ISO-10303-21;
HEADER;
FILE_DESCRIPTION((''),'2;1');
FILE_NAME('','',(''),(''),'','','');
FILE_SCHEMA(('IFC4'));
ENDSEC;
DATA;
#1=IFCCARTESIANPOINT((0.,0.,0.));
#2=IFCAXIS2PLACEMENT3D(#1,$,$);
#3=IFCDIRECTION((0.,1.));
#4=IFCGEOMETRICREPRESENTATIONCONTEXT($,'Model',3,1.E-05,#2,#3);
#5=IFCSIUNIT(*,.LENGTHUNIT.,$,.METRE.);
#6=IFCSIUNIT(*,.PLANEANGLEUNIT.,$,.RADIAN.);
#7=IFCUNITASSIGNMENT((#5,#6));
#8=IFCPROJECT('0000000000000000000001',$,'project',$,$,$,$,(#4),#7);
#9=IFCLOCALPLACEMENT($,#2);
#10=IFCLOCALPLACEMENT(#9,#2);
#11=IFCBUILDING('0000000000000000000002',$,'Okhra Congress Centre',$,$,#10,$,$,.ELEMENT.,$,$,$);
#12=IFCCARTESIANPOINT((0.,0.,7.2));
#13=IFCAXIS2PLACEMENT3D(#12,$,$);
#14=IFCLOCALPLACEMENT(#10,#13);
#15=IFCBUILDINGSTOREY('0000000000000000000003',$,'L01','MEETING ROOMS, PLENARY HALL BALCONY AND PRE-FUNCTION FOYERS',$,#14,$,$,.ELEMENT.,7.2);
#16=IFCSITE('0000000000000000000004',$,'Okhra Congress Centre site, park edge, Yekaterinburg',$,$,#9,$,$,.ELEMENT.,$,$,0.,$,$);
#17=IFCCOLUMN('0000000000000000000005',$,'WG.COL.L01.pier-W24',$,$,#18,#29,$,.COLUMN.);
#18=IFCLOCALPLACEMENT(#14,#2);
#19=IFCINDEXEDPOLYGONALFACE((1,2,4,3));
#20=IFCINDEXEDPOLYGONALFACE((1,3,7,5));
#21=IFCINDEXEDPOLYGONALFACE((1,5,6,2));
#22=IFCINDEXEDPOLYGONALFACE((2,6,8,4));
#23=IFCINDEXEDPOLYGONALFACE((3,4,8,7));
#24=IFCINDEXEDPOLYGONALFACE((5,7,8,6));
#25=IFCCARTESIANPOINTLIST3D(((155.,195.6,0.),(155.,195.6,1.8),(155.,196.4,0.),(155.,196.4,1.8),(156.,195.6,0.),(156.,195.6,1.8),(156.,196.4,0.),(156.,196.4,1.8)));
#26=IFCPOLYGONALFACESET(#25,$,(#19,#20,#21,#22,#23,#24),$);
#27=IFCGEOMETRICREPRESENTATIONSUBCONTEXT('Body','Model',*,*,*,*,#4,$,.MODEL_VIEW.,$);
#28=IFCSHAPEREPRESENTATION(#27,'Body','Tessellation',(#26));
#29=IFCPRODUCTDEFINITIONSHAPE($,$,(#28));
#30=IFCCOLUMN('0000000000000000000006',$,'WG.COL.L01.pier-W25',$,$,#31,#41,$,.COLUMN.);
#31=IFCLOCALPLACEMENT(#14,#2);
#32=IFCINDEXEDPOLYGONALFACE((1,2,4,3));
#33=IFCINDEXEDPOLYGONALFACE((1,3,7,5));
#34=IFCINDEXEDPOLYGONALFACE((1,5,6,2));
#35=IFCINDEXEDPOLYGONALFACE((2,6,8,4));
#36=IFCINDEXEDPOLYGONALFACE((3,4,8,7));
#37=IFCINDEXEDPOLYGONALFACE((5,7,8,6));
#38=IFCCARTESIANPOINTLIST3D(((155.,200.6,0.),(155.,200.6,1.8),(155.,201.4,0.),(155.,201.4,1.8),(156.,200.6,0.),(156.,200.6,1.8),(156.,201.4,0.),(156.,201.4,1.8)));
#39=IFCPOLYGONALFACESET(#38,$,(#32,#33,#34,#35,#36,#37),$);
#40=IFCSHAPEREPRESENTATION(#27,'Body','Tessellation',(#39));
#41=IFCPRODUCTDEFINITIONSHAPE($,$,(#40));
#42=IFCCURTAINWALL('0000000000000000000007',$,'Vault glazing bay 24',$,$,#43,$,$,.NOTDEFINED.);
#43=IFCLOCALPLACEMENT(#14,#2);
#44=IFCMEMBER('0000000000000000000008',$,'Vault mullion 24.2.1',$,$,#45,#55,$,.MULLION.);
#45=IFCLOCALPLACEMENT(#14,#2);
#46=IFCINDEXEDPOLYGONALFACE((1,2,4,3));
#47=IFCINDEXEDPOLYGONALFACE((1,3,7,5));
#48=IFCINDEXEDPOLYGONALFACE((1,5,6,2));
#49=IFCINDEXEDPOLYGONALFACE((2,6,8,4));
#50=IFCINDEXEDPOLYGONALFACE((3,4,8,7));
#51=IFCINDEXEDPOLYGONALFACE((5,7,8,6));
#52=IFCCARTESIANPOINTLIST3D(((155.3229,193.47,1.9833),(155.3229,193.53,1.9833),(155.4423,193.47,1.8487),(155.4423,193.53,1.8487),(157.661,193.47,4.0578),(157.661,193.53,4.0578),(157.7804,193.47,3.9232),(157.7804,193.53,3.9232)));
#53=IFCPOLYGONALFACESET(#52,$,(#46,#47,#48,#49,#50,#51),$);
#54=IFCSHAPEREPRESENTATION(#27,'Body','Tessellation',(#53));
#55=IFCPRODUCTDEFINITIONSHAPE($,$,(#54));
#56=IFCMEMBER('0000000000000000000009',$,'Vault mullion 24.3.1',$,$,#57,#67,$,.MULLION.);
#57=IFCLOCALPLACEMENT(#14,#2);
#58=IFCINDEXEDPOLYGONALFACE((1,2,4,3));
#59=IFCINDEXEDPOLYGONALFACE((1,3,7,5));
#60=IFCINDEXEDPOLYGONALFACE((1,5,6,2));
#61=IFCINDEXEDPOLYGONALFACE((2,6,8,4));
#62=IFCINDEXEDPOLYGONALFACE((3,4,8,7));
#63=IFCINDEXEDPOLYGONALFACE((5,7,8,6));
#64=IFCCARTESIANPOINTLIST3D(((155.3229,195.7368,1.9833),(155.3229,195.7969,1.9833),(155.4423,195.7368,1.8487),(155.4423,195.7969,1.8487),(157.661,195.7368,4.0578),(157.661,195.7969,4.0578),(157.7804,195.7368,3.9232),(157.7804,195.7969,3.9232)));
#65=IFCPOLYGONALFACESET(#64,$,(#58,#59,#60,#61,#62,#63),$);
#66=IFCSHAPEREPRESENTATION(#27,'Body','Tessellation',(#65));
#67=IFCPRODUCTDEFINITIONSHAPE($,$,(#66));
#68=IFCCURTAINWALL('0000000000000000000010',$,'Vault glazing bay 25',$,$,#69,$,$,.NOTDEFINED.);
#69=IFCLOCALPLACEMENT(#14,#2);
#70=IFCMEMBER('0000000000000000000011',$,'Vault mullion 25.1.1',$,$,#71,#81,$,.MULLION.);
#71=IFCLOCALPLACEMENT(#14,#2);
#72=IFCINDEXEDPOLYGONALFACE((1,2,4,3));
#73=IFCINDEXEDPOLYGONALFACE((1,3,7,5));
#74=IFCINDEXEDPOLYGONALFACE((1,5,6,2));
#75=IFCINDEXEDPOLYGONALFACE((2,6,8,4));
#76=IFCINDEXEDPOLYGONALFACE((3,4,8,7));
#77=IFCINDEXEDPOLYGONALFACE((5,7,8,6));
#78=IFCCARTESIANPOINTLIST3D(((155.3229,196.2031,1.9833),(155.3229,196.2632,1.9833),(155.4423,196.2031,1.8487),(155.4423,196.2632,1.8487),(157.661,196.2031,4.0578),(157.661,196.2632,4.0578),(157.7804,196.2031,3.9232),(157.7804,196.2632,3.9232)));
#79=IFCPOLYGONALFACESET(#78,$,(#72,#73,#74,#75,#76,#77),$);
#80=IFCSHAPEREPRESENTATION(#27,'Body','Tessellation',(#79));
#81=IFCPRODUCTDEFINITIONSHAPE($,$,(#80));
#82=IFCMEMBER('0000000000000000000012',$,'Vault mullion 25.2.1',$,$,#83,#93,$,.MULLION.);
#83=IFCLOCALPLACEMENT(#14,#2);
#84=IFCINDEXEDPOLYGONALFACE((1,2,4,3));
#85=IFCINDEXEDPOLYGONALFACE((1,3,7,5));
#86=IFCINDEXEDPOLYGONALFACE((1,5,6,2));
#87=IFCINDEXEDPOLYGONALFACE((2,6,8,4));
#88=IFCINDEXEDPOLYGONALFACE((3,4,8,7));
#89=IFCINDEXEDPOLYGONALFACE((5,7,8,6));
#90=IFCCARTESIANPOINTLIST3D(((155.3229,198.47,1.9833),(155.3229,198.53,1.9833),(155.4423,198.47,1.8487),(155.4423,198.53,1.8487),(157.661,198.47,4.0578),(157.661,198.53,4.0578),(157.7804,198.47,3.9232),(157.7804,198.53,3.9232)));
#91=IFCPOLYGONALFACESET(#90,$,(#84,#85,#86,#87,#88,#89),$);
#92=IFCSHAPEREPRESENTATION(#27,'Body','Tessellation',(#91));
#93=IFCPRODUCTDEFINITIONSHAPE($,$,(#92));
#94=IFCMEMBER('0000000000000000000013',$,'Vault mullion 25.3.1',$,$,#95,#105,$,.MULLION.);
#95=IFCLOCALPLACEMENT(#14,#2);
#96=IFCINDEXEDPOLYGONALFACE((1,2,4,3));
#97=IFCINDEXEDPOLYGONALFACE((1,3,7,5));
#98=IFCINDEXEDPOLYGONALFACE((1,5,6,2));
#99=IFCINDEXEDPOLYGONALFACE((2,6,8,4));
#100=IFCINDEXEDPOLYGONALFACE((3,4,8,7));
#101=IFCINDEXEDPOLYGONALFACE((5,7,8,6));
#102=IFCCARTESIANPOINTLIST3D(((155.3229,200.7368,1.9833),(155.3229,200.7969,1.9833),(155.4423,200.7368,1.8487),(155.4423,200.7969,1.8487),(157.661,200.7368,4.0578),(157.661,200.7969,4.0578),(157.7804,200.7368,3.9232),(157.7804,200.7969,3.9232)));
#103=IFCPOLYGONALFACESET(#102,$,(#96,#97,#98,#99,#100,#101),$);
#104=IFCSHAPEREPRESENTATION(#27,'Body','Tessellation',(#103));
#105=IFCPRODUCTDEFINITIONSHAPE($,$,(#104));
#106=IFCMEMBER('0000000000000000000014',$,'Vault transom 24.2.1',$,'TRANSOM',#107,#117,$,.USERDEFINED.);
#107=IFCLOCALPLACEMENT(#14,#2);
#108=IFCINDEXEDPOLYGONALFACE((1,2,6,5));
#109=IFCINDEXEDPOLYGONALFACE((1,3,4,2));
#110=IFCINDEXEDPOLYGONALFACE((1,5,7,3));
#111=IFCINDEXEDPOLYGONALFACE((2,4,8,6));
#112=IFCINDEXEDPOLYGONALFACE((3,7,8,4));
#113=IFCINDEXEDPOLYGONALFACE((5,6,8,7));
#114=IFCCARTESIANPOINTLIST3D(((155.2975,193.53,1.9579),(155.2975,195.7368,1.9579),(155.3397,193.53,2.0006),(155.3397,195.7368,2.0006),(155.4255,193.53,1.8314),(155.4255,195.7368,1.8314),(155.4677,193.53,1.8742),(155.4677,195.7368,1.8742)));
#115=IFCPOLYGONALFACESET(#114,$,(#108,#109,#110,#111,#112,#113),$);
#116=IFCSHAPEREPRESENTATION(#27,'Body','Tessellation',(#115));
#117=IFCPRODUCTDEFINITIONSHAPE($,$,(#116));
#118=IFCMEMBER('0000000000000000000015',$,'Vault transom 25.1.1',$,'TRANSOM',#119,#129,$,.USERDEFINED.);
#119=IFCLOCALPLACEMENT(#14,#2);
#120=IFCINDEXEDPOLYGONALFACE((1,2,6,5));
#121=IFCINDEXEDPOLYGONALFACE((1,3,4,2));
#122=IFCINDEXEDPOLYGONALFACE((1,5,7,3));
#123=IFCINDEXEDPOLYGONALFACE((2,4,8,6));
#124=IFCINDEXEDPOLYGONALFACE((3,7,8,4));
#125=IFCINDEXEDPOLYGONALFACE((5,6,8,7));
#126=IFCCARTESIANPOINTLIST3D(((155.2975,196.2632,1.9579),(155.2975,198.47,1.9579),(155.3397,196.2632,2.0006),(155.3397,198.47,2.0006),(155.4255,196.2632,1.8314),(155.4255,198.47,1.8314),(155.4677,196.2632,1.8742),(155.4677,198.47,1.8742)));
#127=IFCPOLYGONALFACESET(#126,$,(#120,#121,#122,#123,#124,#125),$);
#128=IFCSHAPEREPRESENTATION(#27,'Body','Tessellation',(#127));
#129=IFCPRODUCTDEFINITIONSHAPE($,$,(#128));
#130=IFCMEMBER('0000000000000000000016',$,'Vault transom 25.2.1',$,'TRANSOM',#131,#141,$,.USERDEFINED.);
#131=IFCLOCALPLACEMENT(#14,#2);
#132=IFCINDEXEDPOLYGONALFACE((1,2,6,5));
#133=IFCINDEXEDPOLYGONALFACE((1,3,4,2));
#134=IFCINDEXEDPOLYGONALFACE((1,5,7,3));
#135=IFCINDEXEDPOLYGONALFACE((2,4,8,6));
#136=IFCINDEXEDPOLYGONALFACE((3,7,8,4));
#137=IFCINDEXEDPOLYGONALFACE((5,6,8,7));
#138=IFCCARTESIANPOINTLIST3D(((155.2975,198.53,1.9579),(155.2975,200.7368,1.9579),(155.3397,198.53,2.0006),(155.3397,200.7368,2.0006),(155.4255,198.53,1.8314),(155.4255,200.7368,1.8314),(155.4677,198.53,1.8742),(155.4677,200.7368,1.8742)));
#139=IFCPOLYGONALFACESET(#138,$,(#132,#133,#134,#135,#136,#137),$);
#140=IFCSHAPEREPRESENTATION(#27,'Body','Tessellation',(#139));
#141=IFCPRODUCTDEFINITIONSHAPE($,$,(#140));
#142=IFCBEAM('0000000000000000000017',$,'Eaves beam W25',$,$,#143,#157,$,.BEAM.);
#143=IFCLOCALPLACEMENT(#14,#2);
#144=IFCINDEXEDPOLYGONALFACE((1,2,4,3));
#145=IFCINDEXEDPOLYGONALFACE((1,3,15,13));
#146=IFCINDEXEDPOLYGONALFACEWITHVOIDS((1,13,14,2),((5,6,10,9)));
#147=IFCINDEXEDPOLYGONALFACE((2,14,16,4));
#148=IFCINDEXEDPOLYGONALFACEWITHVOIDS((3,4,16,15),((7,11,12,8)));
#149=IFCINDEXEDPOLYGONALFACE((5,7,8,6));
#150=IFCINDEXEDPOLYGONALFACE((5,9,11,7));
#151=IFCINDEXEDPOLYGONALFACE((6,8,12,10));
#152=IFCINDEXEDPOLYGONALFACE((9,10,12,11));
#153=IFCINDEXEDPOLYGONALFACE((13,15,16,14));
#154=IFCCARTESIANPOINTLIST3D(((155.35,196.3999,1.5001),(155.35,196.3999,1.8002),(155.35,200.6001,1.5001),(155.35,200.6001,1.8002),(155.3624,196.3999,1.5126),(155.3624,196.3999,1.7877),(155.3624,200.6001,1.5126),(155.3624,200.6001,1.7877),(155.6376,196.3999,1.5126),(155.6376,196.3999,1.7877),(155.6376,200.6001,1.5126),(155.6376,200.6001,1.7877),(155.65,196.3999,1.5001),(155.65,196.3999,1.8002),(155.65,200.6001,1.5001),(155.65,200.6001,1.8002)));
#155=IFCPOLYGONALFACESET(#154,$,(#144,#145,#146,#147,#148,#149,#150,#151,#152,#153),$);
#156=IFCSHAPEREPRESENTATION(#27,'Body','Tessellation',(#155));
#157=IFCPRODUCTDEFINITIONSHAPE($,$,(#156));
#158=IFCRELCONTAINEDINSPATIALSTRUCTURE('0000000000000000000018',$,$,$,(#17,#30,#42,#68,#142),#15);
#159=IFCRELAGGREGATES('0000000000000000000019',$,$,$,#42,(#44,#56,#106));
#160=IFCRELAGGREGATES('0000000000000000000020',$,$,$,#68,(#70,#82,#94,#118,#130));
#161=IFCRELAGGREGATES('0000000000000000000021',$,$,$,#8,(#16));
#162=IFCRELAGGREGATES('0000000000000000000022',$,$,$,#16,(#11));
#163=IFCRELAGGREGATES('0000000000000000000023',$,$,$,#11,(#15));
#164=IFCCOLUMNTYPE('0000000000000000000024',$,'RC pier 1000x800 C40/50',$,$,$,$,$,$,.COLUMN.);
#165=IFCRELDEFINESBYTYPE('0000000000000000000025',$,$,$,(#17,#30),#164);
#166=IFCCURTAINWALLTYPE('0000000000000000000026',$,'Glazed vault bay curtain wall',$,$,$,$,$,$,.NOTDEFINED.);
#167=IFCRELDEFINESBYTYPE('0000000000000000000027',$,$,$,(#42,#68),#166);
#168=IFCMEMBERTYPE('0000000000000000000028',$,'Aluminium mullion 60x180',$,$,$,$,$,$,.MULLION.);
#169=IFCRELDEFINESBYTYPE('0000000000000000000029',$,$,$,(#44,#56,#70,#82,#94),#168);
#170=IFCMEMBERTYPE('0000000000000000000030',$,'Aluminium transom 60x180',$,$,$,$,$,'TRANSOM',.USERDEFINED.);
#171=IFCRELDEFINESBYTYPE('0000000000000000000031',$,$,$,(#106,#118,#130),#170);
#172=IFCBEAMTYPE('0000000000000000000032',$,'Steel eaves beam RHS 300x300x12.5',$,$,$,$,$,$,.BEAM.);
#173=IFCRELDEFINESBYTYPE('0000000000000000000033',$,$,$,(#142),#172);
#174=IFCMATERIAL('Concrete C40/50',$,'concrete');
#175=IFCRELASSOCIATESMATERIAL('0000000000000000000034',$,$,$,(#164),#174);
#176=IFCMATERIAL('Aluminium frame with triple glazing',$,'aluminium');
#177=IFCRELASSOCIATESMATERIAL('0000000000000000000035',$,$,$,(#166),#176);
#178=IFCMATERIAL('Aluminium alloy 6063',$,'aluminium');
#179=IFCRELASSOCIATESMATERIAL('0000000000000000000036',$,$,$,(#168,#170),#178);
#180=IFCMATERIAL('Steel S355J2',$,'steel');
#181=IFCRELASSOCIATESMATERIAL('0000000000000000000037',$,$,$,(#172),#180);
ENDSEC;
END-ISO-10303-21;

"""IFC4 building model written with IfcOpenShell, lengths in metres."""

from ifc_helpers import new_model, si_unit, direction, frame, origin, origin_2d, place, context, subcontext, project, spatial, rectangle, hollow_rectangle, extrude, material, material_profile, profile_set, type_object, element, aggregate, save


model = new_model("IFC4")

# Units and contexts
model_context = context("Model", 3, precision=1e-05, world=origin(), true_north=direction((0.0, 1.0)))
body_context = subcontext(model_context, "Body", "Model", "MODEL_VIEW")
ifc_project = project(units=[si_unit("LENGTHUNIT", "METRE"), si_unit("PLANEANGLEUNIT", "RADIAN")], contexts=[model_context])

# Site, building, storey
site_placement = place(None, origin())
site = spatial("IfcSite", under=ifc_project, at=site_placement, Name="Okhra Congress Centre site, park edge, Yekaterinburg", CompositionType="ELEMENT", RefElevation=0.0)
building_placement = place(site_placement, origin())
building = spatial("IfcBuilding", under=site, at=building_placement, Name="Okhra Congress Centre", CompositionType="ELEMENT")
storey_placement = place(building_placement, frame((0.0, 0.0, 7.2)))
storey = spatial("IfcBuildingStorey", under=building, at=storey_placement, Name="L01", Description="MEETING ROOMS, PLENARY HALL BALCONY AND PRE-FUNCTION FOYERS", CompositionType="ELEMENT", Elevation=7.2)

# Columns
ifc_material_1 = material(Name="Concrete C40/50", Category="concrete")
ifc_material_profile_1 = material_profile(ifc_material_1, rectangle(XDim=1.0, YDim=0.8, at=origin_2d()), Name="RC 1000x800")
ifc_profile_set_1 = profile_set([ifc_material_profile_1], Name="Concrete C40/50")
column_type = type_object("IfcColumnType", Name="RC pier 1000x800 C40/50", PredefinedType="COLUMN", material=ifc_profile_set_1)
for number, where, z_axis, x_axis, name in (
    (1, (155.5, 196.0, 0.0), (0.0, 0.0, 1.0), (1.0, 0.0, 0.0), "WG.COL.L01.pier-W24"),
    (2, (155.5, 201.0, 0.0), (0.0, 0.0, 1.0), (1.0, 0.0, 0.0), "WG.COL.L01.pier-W25"),
):
    element("IfcColumn", number, at=place(storey_placement, frame(where, z_axis=z_axis, x_axis=x_axis)), inside=storey, type_object=column_type, Name=name, PredefinedType="COLUMN", context=body_context, shape_type="SweptSolid", body=[
        extrude(rectangle(XDim=1.0, YDim=0.8, at=origin_2d()), origin(), (0.0, 0.0, 1.0), 1.8),
    ])

# Curtain walls, members
ifc_material_2 = material(Name="Aluminium frame with triple glazing", Category="aluminium")
curtain_wall_type = type_object("IfcCurtainWallType", Name="Glazed vault bay curtain wall", PredefinedType="NOTDEFINED", material=ifc_material_2)
curtain_wall_1_placement = place(storey_placement, origin())
curtain_wall_1 = element("IfcCurtainWall", 3, at=curtain_wall_1_placement, inside=storey, type_object=curtain_wall_type, Name="Vault glazing bay 24", PredefinedType="NOTDEFINED")
ifc_material_3 = material(Name="Aluminium alloy 6063", Category="aluminium")
ifc_material_profile_2 = material_profile(ifc_material_3, rectangle(XDim=0.0601, YDim=0.1799, at=origin_2d()), Name="AL 60x180")
ifc_profile_set_2 = profile_set([ifc_material_profile_2], Name="Aluminium alloy 6063")
member_type_1 = type_object("IfcMemberType", Name="Aluminium mullion 60x180", PredefinedType="MULLION", material=ifc_profile_set_2)
member_1_placement = place(storey_placement, frame((155.3826, 193.5, 1.916), z_axis=(0.748025, 0.0, 0.66367), x_axis=(0.0, 1.0, 0.0)))
member_1 = element("IfcMember", 4, at=member_1_placement, type_object=member_type_1, Name="Vault mullion 24.2.1", PredefinedType="MULLION", context=body_context, shape_type="SweptSolid", body=[
    extrude(rectangle(XDim=0.0601, YDim=0.1799, at=origin_2d()), origin(), (0.0, 0.0, 1.0), 3.1257),
])
member_2_placement = place(storey_placement, frame((155.3826, 195.7668, 1.916), z_axis=(0.748025, 0.0, 0.66367), x_axis=(0.0, 1.0, 0.0)))
member_2 = element("IfcMember", 5, at=member_2_placement, type_object=member_type_1, Name="Vault mullion 24.3.1", PredefinedType="MULLION", context=body_context, shape_type="SweptSolid", body=[
    extrude(rectangle(XDim=0.0601, YDim=0.1799, at=origin_2d()), origin(), (0.0, 0.0, 1.0), 3.1257),
])
curtain_wall_2_placement = place(storey_placement, origin())
curtain_wall_2 = element("IfcCurtainWall", 6, at=curtain_wall_2_placement, inside=storey, type_object=curtain_wall_type, Name="Vault glazing bay 25", PredefinedType="NOTDEFINED")
member_3_placement = place(storey_placement, frame((155.3826, 196.2332, 1.916), z_axis=(0.748025, 0.0, 0.66367), x_axis=(0.0, 1.0, 0.0)))
member_3 = element("IfcMember", 7, at=member_3_placement, type_object=member_type_1, Name="Vault mullion 25.1.1", PredefinedType="MULLION", context=body_context, shape_type="SweptSolid", body=[
    extrude(rectangle(XDim=0.0601, YDim=0.1799, at=origin_2d()), origin(), (0.0, 0.0, 1.0), 3.1257),
])
member_4_placement = place(storey_placement, frame((155.3826, 198.5, 1.916), z_axis=(0.748025, 0.0, 0.66367), x_axis=(0.0, 1.0, 0.0)))
member_4 = element("IfcMember", 8, at=member_4_placement, type_object=member_type_1, Name="Vault mullion 25.2.1", PredefinedType="MULLION", context=body_context, shape_type="SweptSolid", body=[
    extrude(rectangle(XDim=0.0601, YDim=0.1799, at=origin_2d()), origin(), (0.0, 0.0, 1.0), 3.1257),
])
member_5_placement = place(storey_placement, frame((155.3826, 200.7668, 1.916), z_axis=(0.748025, 0.0, 0.66367), x_axis=(0.0, 1.0, 0.0)))
member_5 = element("IfcMember", 9, at=member_5_placement, type_object=member_type_1, Name="Vault mullion 25.3.1", PredefinedType="MULLION", context=body_context, shape_type="SweptSolid", body=[
    extrude(rectangle(XDim=0.0601, YDim=0.1799, at=origin_2d()), origin(), (0.0, 0.0, 1.0), 3.1257),
])

# Members
ifc_material_profile_3 = material_profile(ifc_material_3, rectangle(XDim=0.0601, YDim=0.1799, at=origin_2d()), Name="AL 60x180 transom")
ifc_profile_set_3 = profile_set([ifc_material_profile_3], Name="Aluminium alloy 6063")
member_type_2 = type_object("IfcMemberType", Name="Aluminium transom 60x180", ElementType="TRANSOM", PredefinedType="USERDEFINED", material=ifc_profile_set_3)
member_6_placement = place(storey_placement, frame((155.3826, 193.53, 1.916), z_axis=(0.0, 1.0, 0.0), x_axis=(-0.702636, 0.0, -0.711549)))
member_6 = element("IfcMember", 10, at=member_6_placement, type_object=member_type_2, Name="Vault transom 24.2.1", ObjectType="TRANSOM", PredefinedType="USERDEFINED", context=body_context, shape_type="SweptSolid", body=[
    extrude(rectangle(XDim=0.0601, YDim=0.1799, at=origin_2d()), origin(), (0.0, 0.0, 1.0), 2.2068),
])
member_7_placement = place(storey_placement, frame((155.3826, 196.2632, 1.916), z_axis=(0.0, 1.0, 0.0), x_axis=(-0.702636, 0.0, -0.711549)))
member_7 = element("IfcMember", 11, at=member_7_placement, type_object=member_type_2, Name="Vault transom 25.1.1", ObjectType="TRANSOM", PredefinedType="USERDEFINED", context=body_context, shape_type="SweptSolid", body=[
    extrude(rectangle(XDim=0.0601, YDim=0.1799, at=origin_2d()), origin(), (0.0, 0.0, 1.0), 2.2068),
])
member_8_placement = place(storey_placement, frame((155.3826, 198.53, 1.916), z_axis=(0.0, 1.0, 0.0), x_axis=(-0.702636, 0.0, -0.711549)))
member_8 = element("IfcMember", 12, at=member_8_placement, type_object=member_type_2, Name="Vault transom 25.2.1", ObjectType="TRANSOM", PredefinedType="USERDEFINED", context=body_context, shape_type="SweptSolid", body=[
    extrude(rectangle(XDim=0.0601, YDim=0.1799, at=origin_2d()), origin(), (0.0, 0.0, 1.0), 2.2068),
])

# Beam
ifc_material_4 = material(Name="Steel S355J2", Category="steel")
ifc_material_profile_4 = material_profile(ifc_material_4, hollow_rectangle(XDim=0.3, YDim=0.3, WallThickness=0.0125, at=origin_2d()), Name="RHS 300x300x12.5")
ifc_profile_set_4 = profile_set([ifc_material_profile_4], Name="Steel S355J2")
beam_type = type_object("IfcBeamType", Name="Steel eaves beam RHS 300x300x12.5", PredefinedType="BEAM", material=ifc_profile_set_4)
beam_placement = place(storey_placement, frame((155.5, 196.3999, 1.6501), z_axis=(0.0, 1.0, 0.0), x_axis=(-1.0, 0.0, 0.0)))
element("IfcBeam", 13, at=beam_placement, inside=storey, type_object=beam_type, Name="Eaves beam W25", PredefinedType="BEAM", context=body_context, shape_type="SweptSolid", body=[
    extrude(hollow_rectangle(XDim=0.3, YDim=0.3, WallThickness=0.0125, at=origin_2d()), origin(), (0.0, 0.0, 1.0), 4.2002),
])

aggregate(curtain_wall_1, [member_1, member_2, member_6])
aggregate(curtain_wall_2, [member_3, member_4, member_5, member_7, member_8])

save(model, "model.ifc")
